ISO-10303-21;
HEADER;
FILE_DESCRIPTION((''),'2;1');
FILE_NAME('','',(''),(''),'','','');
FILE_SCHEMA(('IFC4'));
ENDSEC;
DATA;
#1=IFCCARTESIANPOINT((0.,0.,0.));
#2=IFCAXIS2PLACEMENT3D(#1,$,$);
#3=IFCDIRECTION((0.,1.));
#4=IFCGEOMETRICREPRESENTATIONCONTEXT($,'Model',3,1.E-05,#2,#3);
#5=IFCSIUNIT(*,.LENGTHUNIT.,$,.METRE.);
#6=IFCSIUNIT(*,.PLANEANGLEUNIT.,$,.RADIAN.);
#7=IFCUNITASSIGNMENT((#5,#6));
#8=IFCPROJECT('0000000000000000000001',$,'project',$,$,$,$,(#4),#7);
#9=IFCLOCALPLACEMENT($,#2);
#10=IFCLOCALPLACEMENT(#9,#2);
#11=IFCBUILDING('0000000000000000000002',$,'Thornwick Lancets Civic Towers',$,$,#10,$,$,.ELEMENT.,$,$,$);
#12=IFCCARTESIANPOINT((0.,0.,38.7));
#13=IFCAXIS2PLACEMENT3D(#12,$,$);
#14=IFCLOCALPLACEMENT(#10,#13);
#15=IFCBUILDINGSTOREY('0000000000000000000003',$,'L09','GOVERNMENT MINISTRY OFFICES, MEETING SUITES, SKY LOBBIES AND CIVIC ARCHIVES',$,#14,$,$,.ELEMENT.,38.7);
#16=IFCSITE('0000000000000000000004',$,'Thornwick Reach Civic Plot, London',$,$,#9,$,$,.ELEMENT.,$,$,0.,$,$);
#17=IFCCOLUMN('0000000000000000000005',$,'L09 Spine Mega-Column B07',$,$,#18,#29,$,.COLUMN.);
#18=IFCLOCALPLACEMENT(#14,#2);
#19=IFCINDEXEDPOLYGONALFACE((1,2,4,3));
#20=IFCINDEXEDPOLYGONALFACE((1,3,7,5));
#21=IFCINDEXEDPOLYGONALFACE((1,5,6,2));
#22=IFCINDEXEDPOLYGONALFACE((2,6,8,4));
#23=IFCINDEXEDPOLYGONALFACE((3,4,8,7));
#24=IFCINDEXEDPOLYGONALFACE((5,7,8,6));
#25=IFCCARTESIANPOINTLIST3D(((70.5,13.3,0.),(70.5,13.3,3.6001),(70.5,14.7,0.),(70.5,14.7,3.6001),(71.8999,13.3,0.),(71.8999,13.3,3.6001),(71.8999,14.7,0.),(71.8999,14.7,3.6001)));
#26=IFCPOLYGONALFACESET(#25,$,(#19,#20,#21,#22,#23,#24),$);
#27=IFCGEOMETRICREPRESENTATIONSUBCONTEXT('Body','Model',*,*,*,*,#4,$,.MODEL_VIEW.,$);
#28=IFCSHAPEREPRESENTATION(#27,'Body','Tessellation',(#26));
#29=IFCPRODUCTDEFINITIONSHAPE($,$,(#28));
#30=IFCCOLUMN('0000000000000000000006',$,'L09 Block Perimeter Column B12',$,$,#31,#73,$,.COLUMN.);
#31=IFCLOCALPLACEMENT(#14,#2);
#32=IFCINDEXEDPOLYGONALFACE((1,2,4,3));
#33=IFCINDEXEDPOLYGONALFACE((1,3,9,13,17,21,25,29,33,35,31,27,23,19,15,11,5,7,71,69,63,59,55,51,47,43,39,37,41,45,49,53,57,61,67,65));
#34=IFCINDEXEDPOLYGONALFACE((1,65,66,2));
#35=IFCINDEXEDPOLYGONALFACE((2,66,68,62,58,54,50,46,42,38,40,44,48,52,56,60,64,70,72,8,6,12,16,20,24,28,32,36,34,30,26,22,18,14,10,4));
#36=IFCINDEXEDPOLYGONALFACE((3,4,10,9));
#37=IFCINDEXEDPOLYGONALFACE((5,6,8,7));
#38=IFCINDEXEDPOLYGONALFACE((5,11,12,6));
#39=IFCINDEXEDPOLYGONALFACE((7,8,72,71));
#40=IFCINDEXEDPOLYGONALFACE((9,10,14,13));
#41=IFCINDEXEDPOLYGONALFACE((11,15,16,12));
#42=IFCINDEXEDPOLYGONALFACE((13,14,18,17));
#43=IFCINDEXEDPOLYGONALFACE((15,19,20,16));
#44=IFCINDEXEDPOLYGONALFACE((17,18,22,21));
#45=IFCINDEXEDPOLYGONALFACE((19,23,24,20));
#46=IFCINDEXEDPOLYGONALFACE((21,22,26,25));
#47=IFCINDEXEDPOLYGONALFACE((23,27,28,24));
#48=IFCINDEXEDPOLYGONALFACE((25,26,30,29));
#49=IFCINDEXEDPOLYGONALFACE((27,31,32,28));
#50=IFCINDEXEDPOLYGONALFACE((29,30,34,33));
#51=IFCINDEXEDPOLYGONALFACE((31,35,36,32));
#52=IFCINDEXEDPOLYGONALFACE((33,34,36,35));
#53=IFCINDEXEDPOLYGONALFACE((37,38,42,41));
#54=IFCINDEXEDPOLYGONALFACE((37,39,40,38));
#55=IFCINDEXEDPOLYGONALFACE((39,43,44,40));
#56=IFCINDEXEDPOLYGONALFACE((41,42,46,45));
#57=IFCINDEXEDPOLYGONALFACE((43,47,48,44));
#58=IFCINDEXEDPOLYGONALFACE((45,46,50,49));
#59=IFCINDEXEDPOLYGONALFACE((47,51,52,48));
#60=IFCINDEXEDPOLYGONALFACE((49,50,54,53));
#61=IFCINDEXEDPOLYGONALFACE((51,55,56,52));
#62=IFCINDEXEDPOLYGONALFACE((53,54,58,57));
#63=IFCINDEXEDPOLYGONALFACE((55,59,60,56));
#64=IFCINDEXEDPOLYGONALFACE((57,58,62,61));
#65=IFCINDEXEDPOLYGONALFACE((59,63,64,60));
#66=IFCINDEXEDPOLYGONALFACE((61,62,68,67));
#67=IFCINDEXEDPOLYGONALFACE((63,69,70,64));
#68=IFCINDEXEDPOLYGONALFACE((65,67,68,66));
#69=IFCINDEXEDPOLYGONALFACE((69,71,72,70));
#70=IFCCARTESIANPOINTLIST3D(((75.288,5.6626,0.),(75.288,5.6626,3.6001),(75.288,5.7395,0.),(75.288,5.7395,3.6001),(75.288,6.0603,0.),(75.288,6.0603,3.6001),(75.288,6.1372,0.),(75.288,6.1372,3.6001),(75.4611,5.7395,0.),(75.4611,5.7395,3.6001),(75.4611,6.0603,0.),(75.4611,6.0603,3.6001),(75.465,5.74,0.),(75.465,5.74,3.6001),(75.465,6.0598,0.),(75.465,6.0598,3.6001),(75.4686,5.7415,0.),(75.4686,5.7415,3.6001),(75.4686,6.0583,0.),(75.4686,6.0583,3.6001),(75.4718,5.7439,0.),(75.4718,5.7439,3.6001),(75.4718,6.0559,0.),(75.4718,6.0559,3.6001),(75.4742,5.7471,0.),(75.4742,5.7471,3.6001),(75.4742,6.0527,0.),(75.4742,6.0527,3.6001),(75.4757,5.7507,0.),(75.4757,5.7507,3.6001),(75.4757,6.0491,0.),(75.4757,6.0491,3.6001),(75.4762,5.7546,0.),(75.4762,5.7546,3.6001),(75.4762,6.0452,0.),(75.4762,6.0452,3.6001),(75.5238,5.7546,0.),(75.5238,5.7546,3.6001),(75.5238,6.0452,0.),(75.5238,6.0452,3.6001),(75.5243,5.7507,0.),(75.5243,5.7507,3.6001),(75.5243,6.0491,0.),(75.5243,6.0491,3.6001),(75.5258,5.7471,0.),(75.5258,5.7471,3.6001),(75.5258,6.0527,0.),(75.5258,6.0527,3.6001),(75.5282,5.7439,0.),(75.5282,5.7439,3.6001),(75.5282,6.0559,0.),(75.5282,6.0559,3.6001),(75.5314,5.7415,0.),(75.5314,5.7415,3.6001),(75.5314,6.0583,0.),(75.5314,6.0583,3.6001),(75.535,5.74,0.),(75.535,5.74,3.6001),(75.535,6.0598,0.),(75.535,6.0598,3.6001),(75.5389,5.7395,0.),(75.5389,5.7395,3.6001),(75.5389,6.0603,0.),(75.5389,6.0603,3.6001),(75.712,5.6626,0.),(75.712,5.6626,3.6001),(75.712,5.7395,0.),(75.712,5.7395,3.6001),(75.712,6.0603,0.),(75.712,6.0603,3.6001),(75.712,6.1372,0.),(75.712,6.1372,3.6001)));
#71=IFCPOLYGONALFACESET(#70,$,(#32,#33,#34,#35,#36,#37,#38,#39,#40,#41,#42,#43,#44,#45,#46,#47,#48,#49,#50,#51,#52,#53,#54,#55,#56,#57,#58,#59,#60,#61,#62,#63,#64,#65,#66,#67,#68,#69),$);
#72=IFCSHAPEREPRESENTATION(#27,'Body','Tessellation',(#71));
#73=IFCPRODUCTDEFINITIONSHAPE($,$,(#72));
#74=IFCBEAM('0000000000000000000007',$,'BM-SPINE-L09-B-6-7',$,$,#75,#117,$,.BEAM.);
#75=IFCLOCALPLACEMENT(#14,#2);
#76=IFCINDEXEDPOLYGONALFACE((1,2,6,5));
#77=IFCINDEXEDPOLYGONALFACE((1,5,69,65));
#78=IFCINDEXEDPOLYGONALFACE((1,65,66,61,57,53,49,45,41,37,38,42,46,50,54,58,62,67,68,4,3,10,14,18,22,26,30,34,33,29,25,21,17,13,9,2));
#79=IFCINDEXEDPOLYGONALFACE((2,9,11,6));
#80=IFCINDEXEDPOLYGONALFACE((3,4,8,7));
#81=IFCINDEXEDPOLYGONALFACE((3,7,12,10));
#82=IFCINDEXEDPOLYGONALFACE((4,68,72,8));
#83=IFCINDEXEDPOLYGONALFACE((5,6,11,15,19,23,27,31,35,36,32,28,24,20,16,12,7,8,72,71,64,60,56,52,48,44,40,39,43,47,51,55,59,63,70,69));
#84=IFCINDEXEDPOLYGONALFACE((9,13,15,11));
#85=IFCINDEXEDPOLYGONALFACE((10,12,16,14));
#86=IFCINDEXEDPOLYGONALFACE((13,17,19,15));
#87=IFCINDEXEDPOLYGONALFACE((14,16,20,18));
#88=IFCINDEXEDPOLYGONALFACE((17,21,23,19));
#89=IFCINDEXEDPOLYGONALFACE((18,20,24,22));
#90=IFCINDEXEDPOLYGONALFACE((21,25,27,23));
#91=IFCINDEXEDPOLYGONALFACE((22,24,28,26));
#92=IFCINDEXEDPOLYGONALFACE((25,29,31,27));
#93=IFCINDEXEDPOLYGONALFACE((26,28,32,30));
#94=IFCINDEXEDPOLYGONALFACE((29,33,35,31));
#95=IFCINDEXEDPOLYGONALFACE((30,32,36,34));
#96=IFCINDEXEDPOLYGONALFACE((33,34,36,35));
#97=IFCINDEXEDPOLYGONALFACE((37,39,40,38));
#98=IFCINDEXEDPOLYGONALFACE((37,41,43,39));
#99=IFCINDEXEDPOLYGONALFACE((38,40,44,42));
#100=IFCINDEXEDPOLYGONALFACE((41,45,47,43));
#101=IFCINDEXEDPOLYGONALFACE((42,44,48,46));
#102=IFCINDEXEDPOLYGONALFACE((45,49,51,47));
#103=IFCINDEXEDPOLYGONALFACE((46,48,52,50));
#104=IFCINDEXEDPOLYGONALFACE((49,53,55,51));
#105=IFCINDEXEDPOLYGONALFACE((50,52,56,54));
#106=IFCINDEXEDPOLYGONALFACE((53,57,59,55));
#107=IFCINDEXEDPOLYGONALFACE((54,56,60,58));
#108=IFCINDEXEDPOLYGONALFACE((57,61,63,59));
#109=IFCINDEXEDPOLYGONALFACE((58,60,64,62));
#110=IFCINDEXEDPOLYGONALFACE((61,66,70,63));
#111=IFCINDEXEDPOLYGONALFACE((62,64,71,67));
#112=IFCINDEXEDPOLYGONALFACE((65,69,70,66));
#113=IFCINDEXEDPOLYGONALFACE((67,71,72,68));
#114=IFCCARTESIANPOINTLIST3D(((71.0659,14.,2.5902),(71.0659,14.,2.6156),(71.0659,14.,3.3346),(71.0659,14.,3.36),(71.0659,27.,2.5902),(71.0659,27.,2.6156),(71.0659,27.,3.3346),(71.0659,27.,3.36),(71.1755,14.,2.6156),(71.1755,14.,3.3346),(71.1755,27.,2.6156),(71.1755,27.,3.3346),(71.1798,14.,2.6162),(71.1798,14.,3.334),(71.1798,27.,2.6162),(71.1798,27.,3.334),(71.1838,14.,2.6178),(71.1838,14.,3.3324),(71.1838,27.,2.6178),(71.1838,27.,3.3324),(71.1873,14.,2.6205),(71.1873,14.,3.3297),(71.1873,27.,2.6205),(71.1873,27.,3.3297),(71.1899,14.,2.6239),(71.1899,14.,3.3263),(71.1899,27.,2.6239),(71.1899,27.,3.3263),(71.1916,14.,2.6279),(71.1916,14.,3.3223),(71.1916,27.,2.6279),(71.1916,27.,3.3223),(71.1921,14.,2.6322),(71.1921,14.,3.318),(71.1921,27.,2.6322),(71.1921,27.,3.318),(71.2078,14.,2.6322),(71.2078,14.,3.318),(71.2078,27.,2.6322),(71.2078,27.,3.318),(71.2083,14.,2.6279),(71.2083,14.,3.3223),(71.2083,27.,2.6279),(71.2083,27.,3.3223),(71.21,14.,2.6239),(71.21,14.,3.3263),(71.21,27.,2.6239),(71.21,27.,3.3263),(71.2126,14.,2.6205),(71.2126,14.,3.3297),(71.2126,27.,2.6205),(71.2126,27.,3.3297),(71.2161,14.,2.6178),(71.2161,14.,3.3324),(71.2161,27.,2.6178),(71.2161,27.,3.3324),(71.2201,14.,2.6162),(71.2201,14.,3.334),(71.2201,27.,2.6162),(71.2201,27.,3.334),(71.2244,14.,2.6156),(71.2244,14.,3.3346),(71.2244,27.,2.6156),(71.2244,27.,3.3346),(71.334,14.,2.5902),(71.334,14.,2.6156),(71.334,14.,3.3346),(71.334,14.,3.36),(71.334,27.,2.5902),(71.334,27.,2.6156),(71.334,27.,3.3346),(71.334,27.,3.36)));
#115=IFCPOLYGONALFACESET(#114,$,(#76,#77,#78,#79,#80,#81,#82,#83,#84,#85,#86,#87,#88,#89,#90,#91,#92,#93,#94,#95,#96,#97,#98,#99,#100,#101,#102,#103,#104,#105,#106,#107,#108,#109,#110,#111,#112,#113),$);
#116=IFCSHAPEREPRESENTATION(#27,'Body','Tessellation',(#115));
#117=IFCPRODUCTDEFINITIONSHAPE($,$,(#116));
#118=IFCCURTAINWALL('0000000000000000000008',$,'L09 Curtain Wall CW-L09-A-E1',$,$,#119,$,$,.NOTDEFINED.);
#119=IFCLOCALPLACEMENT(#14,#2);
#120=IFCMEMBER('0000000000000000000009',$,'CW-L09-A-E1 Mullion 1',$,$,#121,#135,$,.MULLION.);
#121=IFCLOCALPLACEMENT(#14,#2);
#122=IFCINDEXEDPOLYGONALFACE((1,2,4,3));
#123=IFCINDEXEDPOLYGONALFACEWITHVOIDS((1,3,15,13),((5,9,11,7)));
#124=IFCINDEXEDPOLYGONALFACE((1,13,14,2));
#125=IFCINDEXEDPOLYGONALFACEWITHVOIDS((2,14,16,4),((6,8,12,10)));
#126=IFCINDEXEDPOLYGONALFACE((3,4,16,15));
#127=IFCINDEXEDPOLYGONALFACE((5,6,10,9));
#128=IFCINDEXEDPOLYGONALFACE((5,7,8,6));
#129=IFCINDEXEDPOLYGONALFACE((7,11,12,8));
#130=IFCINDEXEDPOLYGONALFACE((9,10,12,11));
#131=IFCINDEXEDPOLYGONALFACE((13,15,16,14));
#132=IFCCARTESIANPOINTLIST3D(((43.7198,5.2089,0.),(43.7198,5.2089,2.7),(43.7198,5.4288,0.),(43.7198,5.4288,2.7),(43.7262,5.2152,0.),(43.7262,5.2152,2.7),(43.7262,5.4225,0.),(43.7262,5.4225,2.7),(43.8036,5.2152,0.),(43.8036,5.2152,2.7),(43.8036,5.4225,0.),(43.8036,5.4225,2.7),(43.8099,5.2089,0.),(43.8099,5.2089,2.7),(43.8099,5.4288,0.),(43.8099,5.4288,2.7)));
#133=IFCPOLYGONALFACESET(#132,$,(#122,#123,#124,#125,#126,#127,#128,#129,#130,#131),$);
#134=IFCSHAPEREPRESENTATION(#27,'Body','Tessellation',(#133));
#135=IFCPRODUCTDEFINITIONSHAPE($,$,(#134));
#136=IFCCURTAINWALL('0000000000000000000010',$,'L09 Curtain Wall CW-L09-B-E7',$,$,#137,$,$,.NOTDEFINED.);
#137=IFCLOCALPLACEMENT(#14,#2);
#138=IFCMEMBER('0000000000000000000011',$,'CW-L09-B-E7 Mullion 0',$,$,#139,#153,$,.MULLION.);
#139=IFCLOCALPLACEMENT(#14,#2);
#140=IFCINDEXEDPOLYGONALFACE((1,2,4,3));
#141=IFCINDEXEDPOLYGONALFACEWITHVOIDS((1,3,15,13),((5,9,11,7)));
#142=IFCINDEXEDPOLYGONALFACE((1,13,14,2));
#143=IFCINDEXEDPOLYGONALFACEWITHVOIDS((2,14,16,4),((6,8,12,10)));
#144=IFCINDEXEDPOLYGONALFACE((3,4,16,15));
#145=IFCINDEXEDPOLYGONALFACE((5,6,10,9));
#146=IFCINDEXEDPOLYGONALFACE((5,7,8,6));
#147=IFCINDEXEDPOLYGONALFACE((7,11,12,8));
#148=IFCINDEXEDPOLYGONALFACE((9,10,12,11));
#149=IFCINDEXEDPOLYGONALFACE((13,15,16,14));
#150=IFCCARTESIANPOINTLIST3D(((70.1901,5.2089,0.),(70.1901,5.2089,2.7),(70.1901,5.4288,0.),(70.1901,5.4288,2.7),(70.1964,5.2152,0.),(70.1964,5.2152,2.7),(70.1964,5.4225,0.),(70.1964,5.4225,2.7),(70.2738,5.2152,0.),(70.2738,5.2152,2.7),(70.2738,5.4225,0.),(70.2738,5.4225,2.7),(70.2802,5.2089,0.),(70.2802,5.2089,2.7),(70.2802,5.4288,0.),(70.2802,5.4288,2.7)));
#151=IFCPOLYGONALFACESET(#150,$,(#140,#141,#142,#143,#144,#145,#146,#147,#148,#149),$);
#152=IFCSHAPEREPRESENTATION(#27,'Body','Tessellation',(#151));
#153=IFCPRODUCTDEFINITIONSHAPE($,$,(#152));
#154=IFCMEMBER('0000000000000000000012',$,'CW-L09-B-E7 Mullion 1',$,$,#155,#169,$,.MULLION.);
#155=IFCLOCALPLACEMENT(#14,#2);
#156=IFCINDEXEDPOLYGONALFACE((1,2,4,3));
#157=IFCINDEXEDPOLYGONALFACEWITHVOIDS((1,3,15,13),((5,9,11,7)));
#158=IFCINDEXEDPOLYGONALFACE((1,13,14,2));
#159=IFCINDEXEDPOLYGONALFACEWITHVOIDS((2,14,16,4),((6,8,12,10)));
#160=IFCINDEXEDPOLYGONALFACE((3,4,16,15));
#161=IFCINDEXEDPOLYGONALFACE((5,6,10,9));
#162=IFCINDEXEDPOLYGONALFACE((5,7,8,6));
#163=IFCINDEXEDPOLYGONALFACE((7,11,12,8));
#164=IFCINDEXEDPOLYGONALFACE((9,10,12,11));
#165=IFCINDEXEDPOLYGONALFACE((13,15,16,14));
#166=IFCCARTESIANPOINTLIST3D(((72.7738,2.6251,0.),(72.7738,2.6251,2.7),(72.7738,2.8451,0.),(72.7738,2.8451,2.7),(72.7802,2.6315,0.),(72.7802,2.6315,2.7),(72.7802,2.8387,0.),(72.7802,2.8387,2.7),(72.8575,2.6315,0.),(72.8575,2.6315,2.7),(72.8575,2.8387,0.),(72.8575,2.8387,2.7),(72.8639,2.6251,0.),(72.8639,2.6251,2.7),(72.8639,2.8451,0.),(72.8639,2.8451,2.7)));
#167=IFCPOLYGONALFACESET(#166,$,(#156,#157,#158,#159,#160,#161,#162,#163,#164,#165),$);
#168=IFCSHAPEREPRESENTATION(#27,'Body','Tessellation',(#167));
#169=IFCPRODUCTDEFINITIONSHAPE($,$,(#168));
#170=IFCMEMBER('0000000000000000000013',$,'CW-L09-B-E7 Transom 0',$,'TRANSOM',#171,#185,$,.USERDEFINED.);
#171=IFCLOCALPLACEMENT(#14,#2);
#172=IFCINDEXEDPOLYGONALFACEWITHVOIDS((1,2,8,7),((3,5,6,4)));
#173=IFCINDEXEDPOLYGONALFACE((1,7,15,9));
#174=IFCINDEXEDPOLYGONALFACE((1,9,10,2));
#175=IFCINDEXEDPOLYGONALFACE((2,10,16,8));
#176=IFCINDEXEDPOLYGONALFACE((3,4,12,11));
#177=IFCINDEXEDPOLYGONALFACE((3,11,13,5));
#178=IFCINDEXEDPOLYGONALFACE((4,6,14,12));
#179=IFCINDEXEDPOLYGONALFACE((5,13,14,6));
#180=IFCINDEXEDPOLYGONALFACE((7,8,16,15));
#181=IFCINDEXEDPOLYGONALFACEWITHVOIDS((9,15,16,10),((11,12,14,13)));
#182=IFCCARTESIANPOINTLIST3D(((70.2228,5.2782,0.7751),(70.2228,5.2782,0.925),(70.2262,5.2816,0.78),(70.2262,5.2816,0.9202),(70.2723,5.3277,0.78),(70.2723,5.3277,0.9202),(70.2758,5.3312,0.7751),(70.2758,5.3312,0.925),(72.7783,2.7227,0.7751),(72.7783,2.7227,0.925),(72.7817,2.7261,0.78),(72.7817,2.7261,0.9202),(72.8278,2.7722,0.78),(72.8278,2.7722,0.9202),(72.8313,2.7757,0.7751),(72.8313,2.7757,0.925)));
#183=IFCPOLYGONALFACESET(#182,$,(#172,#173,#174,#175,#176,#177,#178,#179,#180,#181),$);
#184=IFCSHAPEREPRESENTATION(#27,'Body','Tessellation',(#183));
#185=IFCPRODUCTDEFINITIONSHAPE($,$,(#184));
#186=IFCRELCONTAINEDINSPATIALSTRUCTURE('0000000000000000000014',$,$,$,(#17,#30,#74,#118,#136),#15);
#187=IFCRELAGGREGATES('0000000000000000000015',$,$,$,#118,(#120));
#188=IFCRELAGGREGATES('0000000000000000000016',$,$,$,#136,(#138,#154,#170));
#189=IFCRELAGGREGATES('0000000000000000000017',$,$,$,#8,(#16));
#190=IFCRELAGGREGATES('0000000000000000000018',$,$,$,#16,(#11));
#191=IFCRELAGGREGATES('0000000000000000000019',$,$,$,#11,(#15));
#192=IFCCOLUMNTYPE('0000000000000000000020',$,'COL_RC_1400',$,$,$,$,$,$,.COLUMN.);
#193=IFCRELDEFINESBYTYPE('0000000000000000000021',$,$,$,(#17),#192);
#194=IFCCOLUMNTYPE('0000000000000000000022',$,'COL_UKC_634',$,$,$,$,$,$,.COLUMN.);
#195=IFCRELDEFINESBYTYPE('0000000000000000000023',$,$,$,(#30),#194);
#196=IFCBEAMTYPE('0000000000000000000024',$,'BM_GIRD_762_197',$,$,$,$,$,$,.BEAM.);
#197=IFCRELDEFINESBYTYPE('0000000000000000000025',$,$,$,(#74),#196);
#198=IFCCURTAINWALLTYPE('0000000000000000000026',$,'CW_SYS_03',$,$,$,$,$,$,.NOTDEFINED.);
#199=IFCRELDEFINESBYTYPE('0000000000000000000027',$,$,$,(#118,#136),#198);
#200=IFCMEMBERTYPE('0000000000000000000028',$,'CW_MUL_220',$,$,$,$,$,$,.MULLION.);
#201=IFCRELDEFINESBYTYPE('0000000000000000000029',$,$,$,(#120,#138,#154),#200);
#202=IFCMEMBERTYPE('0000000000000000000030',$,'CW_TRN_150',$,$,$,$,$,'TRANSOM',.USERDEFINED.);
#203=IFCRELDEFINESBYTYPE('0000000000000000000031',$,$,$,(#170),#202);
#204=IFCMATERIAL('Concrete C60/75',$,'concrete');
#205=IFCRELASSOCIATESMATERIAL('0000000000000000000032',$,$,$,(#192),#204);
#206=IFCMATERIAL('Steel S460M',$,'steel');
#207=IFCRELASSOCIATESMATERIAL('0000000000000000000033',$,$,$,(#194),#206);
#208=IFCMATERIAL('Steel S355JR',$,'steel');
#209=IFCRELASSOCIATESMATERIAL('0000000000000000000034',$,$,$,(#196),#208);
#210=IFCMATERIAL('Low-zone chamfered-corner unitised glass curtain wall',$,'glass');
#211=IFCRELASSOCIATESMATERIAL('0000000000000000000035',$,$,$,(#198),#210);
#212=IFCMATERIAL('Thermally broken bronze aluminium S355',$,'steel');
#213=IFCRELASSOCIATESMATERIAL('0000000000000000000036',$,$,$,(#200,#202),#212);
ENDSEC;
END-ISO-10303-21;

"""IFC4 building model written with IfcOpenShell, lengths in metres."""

from ifc_helpers import new_model, si_unit, direction, frame, origin, origin_2d, place, context, subcontext, project, spatial, rectangle, hollow_rectangle, i_section, extrude, material, material_profile, profile_set, type_object, element, aggregate, save


model = new_model("IFC4")

# Units and contexts
model_context = context("Model", 3, precision=1e-05, world=origin(), true_north=direction((0.0, 1.0)))
body_context = subcontext(model_context, "Body", "Model", "MODEL_VIEW")
ifc_project = project(units=[si_unit("LENGTHUNIT", "METRE"), si_unit("PLANEANGLEUNIT", "RADIAN")], contexts=[model_context])

# Site, building, storey
site_placement = place(None, origin())
site = spatial("IfcSite", under=ifc_project, at=site_placement, Name="Thornwick Reach Civic Plot, London", CompositionType="ELEMENT", RefElevation=0.0)
building_placement = place(site_placement, origin())
building = spatial("IfcBuilding", under=site, at=building_placement, Name="Thornwick Lancets Civic Towers", CompositionType="ELEMENT")
storey_placement = place(building_placement, frame((0.0, 0.0, 38.7)))
storey = spatial("IfcBuildingStorey", under=building, at=storey_placement, Name="L09", Description="GOVERNMENT MINISTRY OFFICES, MEETING SUITES, SKY LOBBIES AND CIVIC ARCHIVES", CompositionType="ELEMENT", Elevation=38.7)

# Columns
ifc_material_1 = material(Name="Concrete C60/75", Category="concrete")
ifc_material_profile_1 = material_profile(ifc_material_1, rectangle(XDim=1.3999, YDim=1.3999, at=origin_2d()), Name="RC 1400x1400")
ifc_profile_set_1 = profile_set([ifc_material_profile_1], Name="Concrete C60/75")
column_type_1 = type_object("IfcColumnType", Name="COL_RC_1400", PredefinedType="COLUMN", material=ifc_profile_set_1)
column_1_placement = place(storey_placement, frame((71.2, 14.0, 0.0), z_axis=(0.0, 0.0, 1.0), x_axis=(1.0, 0.0, 0.0)))
element("IfcColumn", 1, at=column_1_placement, inside=storey, type_object=column_type_1, Name="L09 Spine Mega-Column B07", PredefinedType="COLUMN", context=body_context, shape_type="SweptSolid", body=[
    extrude(rectangle(XDim=1.3999, YDim=1.3999, at=origin_2d()), origin(), (0.0, 0.0, 1.0), 3.6001),
])
ifc_material_2 = material(Name="Steel S460M", Category="steel")
ifc_material_profile_2 = material_profile(ifc_material_2, i_section(OverallWidth=0.4241, OverallDepth=0.4746, WebThickness=0.0476, FlangeThickness=0.0769, FilletRadius=0.0151, at=origin_2d()), Name="UKC 356x406x634")
ifc_profile_set_2 = profile_set([ifc_material_profile_2], Name="Steel S460M")
column_type_2 = type_object("IfcColumnType", Name="COL_UKC_634", PredefinedType="COLUMN", material=ifc_profile_set_2)
column_2_placement = place(storey_placement, frame((75.5, 5.8999, 0.0), z_axis=(0.0, 0.0, 1.0), x_axis=(1.0, 0.0, 0.0)))
element("IfcColumn", 2, at=column_2_placement, inside=storey, type_object=column_type_2, Name="L09 Block Perimeter Column B12", PredefinedType="COLUMN", context=body_context, shape_type="SweptSolid", body=[
    extrude(i_section(OverallWidth=0.4241, OverallDepth=0.4746, WebThickness=0.0476, FlangeThickness=0.0769, FilletRadius=0.0151, at=origin_2d()), origin(), (0.0, 0.0, 1.0), 3.6001),
])

# Beam
ifc_material_3 = material(Name="Steel S355JR", Category="steel")
ifc_material_profile_3 = material_profile(ifc_material_3, i_section(OverallWidth=0.2681, OverallDepth=0.7698, WebThickness=0.0156, FlangeThickness=0.0254, FilletRadius=0.0166, at=origin_2d()), Name="UKB 762x267x197")
ifc_profile_set_3 = profile_set([ifc_material_profile_3], Name="Steel S355JR")
beam_type = type_object("IfcBeamType", Name="BM_GIRD_762_197", PredefinedType="BEAM", material=ifc_profile_set_3)
beam_placement = place(storey_placement, frame((71.2, 14.0, 2.9751), z_axis=(0.0, 1.0, 0.0), x_axis=(-1.0, 0.0, 0.0)))
element("IfcBeam", 3, at=beam_placement, inside=storey, type_object=beam_type, Name="BM-SPINE-L09-B-6-7", PredefinedType="BEAM", context=body_context, shape_type="SweptSolid", body=[
    extrude(i_section(OverallWidth=0.2681, OverallDepth=0.7698, WebThickness=0.0156, FlangeThickness=0.0254, FilletRadius=0.0166, at=origin_2d()), origin(), (0.0, 0.0, 1.0), 13.0),
])

# Curtain wall, member
ifc_material_4 = material(Name="Low-zone chamfered-corner unitised glass curtain wall", Category="glass")
curtain_wall_type = type_object("IfcCurtainWallType", Name="CW_SYS_03", PredefinedType="NOTDEFINED", material=ifc_material_4)
curtain_wall_1_placement = place(storey_placement, origin())
curtain_wall_1 = element("IfcCurtainWall", 4, at=curtain_wall_1_placement, inside=storey, type_object=curtain_wall_type, Name="L09 Curtain Wall CW-L09-A-E1", PredefinedType="NOTDEFINED")
ifc_material_5 = material(Name="Thermally broken bronze aluminium S355", Category="steel")
ifc_material_profile_4 = material_profile(ifc_material_5, hollow_rectangle(XDim=0.0901, YDim=0.22, WallThickness=0.0063, at=origin_2d()), Name="RHS 220x90x6.3")
ifc_profile_set_4 = profile_set([ifc_material_profile_4], Name="Thermally broken bronze aluminium S355")
member_type_1 = type_object("IfcMemberType", Name="CW_MUL_220", PredefinedType="MULLION", material=ifc_profile_set_4)
member_1_placement = place(storey_placement, frame((43.7649, 5.3188, 0.0), z_axis=(0.0, 0.0, 1.0), x_axis=(1.0, 0.0, 0.0)))
member_1 = element("IfcMember", 5, at=member_1_placement, type_object=member_type_1, Name="CW-L09-A-E1 Mullion 1", PredefinedType="MULLION", context=body_context, shape_type="SweptSolid", body=[
    extrude(hollow_rectangle(XDim=0.0901, YDim=0.22, WallThickness=0.0063, at=origin_2d()), origin(), (0.0, 0.0, 1.0), 2.7),
])
aggregate(curtain_wall_1, [member_1])

# Curtain wall, members
curtain_wall_2_placement = place(storey_placement, origin())
curtain_wall_2 = element("IfcCurtainWall", 6, at=curtain_wall_2_placement, inside=storey, type_object=curtain_wall_type, Name="L09 Curtain Wall CW-L09-B-E7", PredefinedType="NOTDEFINED")
member_2_placement = place(storey_placement, frame((70.2351, 5.3188, 0.0), z_axis=(0.0, 0.0, 1.0), x_axis=(1.0, 0.0, 0.0)))
member_2 = element("IfcMember", 7, at=member_2_placement, type_object=member_type_1, Name="CW-L09-B-E7 Mullion 0", PredefinedType="MULLION", context=body_context, shape_type="SweptSolid", body=[
    extrude(hollow_rectangle(XDim=0.0901, YDim=0.22, WallThickness=0.0063, at=origin_2d()), origin(), (0.0, 0.0, 1.0), 2.7),
])
member_3_placement = place(storey_placement, frame((72.8188, 2.7351, 0.0), z_axis=(0.0, 0.0, 1.0), x_axis=(1.0, 0.0, 0.0)))
member_3 = element("IfcMember", 8, at=member_3_placement, type_object=member_type_1, Name="CW-L09-B-E7 Mullion 1", PredefinedType="MULLION", context=body_context, shape_type="SweptSolid", body=[
    extrude(hollow_rectangle(XDim=0.0901, YDim=0.22, WallThickness=0.0063, at=origin_2d()), origin(), (0.0, 0.0, 1.0), 2.7),
])
ifc_material_profile_5 = material_profile(ifc_material_5, hollow_rectangle(XDim=0.075, YDim=0.1499, WallThickness=0.0049, at=origin_2d()), Name="RHS 150x75x5")
ifc_profile_set_5 = profile_set([ifc_material_profile_5], Name="Thermally broken bronze aluminium S355")
member_type_2 = type_object("IfcMemberType", Name="CW_TRN_150", ElementType="TRANSOM", PredefinedType="USERDEFINED", material=ifc_profile_set_5)
member_4_placement = place(storey_placement, frame((70.2493, 5.3047, 0.8501), z_axis=(0.707107, -0.707107, 0.0), x_axis=(0.707107, 0.707107, 0.0)))
member_4 = element("IfcMember", 9, at=member_4_placement, type_object=member_type_2, Name="CW-L09-B-E7 Transom 0", ObjectType="TRANSOM", PredefinedType="USERDEFINED", context=body_context, shape_type="SweptSolid", body=[
    extrude(hollow_rectangle(XDim=0.075, YDim=0.1499, WallThickness=0.0049, at=origin_2d()), origin(), (0.0, 0.0, 1.0), 3.614),
])
aggregate(curtain_wall_2, [member_2, member_3, member_4])

save(model, "model.ifc")
